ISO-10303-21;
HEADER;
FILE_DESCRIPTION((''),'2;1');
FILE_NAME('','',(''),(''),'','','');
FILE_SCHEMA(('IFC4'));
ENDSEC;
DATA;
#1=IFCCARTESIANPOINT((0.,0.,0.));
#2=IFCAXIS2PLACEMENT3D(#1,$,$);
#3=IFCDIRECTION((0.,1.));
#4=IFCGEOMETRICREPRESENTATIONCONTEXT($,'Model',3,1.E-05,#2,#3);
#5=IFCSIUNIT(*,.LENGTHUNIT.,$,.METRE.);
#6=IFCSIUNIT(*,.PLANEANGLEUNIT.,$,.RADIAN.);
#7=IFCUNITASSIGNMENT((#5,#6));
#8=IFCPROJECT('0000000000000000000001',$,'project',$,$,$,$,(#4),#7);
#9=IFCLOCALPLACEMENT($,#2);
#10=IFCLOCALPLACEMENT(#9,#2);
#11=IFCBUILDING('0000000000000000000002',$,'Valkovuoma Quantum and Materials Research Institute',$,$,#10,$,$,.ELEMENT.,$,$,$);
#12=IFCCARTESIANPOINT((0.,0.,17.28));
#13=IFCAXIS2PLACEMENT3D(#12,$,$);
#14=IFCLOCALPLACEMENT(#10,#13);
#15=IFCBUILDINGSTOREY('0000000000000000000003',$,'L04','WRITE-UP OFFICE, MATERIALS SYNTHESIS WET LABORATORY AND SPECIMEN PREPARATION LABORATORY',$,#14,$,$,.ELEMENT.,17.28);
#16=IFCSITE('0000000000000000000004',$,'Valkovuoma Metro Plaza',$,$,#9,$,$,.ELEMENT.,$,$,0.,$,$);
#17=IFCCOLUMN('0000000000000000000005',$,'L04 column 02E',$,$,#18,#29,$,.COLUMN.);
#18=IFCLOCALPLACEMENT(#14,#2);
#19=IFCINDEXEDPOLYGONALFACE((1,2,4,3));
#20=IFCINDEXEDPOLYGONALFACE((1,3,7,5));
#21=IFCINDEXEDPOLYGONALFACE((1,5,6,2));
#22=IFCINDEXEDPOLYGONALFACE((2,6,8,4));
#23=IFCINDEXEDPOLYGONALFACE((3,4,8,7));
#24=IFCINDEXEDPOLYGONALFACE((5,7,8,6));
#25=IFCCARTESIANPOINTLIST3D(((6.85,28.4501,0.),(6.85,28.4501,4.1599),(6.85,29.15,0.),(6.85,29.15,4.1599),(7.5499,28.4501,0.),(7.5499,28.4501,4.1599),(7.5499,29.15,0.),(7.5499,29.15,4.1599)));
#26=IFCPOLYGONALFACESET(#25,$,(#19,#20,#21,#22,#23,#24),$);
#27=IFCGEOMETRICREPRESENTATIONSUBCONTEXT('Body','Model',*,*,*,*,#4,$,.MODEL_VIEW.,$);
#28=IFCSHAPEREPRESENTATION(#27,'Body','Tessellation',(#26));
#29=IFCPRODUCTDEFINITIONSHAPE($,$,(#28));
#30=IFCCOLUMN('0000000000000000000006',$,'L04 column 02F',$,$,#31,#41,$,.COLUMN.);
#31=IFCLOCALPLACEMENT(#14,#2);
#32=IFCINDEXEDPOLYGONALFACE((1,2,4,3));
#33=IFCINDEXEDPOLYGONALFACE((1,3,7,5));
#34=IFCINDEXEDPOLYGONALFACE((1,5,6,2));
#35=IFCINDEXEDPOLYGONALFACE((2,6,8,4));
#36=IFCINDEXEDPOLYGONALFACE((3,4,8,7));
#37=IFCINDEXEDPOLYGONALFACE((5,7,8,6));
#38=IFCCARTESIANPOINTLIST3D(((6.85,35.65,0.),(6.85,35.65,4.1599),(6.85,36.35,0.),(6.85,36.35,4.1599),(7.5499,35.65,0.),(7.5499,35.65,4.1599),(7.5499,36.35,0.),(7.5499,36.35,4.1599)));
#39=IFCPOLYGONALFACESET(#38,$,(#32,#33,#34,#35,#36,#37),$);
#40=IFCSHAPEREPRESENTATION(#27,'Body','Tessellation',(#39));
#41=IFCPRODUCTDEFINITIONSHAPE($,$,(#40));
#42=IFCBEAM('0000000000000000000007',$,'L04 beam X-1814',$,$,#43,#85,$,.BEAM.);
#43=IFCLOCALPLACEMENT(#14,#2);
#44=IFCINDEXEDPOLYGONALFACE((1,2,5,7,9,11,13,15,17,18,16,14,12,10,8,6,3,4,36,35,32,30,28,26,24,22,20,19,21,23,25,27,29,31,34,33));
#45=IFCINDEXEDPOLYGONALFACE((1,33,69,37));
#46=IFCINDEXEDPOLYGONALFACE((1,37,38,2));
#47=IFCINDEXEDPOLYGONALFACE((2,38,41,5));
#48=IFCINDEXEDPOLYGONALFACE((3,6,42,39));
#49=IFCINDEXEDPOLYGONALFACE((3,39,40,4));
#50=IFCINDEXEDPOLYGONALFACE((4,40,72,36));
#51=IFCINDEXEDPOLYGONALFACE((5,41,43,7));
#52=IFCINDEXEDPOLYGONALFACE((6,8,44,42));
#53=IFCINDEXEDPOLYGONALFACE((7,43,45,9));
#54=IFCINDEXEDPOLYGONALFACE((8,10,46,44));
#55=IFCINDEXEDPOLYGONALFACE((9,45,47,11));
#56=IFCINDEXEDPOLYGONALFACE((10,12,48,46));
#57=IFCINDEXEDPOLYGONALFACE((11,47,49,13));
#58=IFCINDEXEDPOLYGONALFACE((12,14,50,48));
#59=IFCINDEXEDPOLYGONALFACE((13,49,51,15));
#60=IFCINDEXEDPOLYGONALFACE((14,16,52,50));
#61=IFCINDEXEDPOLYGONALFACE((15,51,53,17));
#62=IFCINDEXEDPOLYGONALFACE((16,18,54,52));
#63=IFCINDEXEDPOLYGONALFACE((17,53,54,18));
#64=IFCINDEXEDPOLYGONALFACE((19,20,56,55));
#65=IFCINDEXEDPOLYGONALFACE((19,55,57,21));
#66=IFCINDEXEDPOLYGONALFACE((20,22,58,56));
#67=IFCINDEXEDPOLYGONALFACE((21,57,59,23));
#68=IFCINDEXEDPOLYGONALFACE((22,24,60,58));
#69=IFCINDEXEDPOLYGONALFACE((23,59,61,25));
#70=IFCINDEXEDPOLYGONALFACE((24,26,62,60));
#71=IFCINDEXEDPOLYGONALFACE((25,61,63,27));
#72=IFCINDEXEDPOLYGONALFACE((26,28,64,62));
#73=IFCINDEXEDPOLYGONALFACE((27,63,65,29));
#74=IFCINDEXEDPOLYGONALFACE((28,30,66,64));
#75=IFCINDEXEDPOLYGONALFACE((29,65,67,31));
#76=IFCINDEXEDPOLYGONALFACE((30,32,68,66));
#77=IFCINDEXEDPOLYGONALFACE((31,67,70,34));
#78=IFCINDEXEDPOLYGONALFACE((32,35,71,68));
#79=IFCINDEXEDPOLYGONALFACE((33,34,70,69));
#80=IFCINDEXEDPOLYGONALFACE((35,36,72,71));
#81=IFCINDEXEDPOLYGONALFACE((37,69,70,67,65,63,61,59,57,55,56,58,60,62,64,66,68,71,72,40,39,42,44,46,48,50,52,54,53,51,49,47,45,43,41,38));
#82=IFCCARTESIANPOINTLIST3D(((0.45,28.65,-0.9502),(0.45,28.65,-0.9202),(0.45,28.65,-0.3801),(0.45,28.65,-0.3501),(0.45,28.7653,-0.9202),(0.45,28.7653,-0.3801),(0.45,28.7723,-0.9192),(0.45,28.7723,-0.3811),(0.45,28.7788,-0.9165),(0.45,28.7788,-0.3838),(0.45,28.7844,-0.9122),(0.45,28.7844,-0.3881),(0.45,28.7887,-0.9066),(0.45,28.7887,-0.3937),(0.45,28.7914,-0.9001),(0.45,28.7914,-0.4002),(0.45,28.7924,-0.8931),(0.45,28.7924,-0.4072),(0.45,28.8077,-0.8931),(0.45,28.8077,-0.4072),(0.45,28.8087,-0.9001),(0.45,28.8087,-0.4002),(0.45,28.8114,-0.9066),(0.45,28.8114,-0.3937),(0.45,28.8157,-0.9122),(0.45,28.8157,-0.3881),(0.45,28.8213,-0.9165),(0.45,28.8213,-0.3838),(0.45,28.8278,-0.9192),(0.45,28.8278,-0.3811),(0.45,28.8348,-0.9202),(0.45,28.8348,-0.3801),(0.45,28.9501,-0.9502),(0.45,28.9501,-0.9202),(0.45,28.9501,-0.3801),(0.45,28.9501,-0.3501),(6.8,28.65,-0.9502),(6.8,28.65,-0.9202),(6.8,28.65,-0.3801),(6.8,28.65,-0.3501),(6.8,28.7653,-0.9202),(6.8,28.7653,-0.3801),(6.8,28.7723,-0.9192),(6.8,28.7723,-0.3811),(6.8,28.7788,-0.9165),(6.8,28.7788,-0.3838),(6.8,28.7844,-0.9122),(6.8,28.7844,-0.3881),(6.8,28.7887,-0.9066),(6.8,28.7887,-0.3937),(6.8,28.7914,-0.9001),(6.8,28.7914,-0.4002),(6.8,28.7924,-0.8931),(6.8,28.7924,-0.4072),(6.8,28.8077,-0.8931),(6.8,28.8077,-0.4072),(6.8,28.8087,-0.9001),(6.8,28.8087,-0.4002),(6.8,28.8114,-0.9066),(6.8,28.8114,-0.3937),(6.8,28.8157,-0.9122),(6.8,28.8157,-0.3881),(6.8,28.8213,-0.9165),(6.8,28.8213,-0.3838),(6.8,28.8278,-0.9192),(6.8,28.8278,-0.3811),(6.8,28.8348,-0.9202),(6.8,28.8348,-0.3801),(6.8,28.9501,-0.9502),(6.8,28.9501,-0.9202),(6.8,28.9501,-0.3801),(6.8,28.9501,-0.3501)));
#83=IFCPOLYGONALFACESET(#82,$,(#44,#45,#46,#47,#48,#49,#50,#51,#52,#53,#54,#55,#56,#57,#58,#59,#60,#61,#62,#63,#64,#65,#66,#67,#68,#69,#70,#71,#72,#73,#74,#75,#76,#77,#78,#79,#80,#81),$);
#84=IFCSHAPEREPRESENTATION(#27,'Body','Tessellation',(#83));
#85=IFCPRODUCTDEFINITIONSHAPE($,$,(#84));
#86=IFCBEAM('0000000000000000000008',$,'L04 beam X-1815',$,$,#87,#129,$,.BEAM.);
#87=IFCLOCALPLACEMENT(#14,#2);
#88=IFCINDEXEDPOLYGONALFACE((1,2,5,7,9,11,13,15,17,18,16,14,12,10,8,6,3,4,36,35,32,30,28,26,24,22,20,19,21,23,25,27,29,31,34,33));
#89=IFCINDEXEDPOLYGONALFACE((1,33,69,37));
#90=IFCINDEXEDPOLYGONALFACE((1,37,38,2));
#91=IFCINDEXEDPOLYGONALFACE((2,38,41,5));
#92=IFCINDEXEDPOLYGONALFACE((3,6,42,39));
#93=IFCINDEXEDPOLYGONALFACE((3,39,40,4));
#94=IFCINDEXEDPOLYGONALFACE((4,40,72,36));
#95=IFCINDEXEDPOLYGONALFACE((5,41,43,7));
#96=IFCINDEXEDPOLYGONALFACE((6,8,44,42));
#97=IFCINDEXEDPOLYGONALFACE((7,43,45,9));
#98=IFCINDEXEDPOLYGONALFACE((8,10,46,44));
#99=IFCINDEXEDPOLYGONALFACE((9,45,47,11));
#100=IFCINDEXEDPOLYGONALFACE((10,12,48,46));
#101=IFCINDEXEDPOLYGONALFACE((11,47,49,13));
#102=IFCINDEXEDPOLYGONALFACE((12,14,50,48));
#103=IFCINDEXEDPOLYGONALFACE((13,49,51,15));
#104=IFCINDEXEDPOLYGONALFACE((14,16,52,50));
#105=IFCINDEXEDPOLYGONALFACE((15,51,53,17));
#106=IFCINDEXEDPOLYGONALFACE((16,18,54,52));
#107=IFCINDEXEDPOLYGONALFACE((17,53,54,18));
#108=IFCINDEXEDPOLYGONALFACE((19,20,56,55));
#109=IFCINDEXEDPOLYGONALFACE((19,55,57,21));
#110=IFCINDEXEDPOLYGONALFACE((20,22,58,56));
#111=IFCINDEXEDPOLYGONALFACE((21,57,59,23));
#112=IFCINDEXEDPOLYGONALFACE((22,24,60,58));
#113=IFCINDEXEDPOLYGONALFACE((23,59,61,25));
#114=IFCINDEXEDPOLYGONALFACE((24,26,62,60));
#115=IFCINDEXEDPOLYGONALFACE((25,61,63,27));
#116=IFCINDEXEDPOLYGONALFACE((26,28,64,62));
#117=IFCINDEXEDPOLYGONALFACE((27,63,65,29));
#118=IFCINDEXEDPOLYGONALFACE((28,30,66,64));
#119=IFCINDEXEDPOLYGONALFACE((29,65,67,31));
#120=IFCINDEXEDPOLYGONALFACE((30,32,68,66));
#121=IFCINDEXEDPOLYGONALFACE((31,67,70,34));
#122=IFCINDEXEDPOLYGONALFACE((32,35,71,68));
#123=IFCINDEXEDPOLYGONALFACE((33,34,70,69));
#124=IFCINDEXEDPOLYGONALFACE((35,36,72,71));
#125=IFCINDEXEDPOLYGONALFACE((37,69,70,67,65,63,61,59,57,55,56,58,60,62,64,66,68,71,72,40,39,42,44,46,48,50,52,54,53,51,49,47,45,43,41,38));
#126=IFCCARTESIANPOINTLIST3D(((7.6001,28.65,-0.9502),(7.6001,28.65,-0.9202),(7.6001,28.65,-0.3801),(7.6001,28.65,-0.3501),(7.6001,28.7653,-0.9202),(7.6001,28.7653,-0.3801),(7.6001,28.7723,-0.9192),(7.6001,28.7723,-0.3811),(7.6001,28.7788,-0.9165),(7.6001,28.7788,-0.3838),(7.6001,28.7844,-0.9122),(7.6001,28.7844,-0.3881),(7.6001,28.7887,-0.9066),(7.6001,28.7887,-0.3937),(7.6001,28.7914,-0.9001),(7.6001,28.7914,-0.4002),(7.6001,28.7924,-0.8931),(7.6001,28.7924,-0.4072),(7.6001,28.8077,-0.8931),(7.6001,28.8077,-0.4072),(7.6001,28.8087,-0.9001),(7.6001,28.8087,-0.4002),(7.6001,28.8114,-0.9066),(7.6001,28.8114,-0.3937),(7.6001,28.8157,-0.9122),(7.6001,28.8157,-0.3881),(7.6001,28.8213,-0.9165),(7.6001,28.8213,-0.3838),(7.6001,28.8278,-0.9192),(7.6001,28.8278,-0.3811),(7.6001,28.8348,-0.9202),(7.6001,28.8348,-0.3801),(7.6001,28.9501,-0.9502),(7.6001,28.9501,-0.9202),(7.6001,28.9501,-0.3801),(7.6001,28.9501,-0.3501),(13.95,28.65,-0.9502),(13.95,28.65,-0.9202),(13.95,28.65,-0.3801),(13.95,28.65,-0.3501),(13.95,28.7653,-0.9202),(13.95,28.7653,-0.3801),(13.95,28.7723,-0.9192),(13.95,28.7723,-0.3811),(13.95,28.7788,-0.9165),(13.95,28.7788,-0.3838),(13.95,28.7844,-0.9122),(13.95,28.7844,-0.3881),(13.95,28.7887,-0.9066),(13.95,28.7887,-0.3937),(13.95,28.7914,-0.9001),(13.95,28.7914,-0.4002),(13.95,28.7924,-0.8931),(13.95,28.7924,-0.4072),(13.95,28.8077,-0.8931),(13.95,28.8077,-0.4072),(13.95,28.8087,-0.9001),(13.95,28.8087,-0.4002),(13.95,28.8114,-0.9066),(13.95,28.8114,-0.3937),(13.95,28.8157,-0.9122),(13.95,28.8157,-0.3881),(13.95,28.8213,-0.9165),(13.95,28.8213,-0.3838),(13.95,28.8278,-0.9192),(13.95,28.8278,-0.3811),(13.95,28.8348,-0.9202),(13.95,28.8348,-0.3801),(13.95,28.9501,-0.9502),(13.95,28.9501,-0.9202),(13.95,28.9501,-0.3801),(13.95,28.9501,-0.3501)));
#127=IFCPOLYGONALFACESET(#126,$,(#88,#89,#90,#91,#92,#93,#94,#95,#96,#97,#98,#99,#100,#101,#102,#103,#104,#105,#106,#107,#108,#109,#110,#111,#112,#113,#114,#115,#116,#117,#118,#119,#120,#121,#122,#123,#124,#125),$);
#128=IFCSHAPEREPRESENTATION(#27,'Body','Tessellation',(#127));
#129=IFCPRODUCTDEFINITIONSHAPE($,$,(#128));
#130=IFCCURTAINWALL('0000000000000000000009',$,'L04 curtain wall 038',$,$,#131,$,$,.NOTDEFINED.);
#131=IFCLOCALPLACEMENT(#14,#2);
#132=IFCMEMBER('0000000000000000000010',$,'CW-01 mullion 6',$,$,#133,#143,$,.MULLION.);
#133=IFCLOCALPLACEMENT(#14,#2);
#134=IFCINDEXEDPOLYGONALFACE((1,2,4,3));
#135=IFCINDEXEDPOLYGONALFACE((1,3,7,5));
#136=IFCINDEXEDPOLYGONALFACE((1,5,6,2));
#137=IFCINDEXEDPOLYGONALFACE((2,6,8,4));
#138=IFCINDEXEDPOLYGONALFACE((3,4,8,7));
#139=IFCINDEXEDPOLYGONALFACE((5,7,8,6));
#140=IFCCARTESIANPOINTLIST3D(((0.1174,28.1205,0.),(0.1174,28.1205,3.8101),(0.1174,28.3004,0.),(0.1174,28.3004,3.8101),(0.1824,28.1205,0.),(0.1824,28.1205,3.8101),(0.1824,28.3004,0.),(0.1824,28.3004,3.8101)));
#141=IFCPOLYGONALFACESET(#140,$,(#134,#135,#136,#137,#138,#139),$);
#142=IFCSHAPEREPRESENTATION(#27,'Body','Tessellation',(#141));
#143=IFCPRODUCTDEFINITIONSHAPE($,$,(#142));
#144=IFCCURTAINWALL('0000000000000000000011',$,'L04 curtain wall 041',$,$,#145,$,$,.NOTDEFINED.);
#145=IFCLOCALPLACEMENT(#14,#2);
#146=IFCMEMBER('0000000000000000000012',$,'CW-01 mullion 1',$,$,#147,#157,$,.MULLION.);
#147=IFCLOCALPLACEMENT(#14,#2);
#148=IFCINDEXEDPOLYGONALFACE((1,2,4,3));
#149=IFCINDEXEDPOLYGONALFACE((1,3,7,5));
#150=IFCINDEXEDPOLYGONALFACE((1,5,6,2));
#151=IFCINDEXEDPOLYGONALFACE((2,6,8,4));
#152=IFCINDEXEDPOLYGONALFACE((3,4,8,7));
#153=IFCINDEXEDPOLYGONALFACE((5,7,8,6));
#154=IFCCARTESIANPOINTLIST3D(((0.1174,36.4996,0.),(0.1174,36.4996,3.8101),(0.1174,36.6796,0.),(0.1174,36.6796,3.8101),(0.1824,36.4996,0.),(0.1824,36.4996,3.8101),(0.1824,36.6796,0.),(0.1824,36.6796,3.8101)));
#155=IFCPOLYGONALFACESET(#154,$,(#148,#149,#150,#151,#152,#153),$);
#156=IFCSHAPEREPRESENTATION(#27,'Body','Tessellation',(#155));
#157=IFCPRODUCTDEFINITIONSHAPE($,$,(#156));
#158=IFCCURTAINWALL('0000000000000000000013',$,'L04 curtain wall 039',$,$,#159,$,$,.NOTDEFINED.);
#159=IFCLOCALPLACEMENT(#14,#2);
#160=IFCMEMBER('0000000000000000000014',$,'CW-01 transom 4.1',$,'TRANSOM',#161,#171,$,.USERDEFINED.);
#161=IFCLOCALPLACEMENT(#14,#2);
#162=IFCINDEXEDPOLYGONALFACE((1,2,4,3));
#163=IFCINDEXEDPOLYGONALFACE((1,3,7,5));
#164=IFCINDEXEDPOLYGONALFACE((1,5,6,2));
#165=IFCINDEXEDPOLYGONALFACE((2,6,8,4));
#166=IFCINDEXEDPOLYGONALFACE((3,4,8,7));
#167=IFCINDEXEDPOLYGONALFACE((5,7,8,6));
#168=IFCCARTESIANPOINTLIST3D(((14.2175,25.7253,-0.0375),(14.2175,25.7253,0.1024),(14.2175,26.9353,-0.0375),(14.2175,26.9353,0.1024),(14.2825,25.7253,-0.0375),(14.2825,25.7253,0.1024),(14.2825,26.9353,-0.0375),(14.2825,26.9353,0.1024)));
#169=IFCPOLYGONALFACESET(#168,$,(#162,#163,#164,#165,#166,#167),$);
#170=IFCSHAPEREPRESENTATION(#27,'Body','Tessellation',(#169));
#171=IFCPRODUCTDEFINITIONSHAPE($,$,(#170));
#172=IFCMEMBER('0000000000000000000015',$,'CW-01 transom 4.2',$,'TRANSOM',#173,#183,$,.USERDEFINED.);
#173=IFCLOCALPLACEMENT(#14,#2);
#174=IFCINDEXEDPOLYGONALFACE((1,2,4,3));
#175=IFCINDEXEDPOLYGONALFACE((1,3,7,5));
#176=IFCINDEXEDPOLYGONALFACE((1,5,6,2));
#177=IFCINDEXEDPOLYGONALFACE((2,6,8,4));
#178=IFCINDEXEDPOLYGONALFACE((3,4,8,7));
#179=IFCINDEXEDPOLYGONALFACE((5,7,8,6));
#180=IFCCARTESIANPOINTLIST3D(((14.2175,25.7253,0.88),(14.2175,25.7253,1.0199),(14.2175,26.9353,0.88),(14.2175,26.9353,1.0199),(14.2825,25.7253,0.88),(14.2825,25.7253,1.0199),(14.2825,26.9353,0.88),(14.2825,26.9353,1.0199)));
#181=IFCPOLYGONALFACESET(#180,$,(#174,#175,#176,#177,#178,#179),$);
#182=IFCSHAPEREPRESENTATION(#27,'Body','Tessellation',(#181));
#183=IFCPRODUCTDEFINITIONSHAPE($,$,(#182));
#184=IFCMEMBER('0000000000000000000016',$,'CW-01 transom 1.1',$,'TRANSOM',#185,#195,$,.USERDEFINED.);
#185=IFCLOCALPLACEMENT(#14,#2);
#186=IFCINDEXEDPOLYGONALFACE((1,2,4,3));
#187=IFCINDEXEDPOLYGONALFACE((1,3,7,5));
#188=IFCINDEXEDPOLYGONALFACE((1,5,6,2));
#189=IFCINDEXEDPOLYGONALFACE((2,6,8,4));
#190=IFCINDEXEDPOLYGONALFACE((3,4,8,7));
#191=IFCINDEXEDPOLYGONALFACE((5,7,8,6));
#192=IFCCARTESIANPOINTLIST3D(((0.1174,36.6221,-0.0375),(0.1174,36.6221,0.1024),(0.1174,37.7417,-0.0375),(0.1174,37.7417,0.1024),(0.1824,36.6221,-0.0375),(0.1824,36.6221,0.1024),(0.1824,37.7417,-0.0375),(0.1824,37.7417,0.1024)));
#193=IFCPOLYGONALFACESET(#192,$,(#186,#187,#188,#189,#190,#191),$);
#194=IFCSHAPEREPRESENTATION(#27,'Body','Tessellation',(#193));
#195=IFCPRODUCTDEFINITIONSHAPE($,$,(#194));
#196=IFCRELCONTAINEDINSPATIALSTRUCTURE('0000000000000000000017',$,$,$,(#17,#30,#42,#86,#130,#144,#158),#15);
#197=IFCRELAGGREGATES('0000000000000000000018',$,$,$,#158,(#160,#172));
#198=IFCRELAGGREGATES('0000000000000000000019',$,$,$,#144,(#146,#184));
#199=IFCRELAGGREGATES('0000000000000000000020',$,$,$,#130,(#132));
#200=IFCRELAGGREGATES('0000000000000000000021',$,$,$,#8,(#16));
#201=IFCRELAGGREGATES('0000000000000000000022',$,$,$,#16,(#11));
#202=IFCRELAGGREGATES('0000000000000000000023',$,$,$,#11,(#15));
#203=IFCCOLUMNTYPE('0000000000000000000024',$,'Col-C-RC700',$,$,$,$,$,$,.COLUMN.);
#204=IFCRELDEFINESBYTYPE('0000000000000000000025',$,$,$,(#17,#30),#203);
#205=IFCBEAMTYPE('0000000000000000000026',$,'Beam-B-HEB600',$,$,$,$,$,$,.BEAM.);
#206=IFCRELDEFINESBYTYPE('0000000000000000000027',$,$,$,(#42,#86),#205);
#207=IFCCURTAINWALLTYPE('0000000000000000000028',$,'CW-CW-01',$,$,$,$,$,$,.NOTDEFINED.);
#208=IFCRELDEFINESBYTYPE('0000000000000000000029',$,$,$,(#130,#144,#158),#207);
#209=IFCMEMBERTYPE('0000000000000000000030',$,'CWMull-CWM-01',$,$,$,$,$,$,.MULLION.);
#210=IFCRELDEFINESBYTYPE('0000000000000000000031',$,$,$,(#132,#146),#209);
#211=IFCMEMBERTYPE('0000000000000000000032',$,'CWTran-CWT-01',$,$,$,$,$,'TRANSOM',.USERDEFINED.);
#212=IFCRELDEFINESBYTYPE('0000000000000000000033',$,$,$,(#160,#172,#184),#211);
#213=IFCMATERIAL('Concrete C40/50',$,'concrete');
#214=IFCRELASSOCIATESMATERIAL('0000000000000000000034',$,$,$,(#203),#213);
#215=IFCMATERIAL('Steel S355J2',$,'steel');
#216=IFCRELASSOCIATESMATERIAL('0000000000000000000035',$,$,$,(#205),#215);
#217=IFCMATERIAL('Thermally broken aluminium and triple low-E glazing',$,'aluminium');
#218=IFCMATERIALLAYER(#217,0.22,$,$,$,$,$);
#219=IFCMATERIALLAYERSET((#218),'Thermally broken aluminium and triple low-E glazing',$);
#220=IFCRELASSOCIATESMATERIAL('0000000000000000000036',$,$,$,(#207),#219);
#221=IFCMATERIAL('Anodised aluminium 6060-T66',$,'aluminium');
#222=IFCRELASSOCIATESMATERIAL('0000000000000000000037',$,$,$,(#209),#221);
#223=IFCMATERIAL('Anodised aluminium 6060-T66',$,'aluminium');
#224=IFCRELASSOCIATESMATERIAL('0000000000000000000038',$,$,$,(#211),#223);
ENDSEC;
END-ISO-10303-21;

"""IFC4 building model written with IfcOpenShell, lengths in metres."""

from ifc_helpers import new_model, si_unit, direction, frame, origin, origin_2d, place, context, subcontext, project, spatial, rectangle, i_section, extrude, material, layer, layer_set, material_profile, profile_set, type_object, element, aggregate, save


model = new_model("IFC4")

# Units and contexts
model_context = context("Model", 3, precision=1e-05, world=origin(), true_north=direction((0.0, 1.0)))
body_context = subcontext(model_context, "Body", "Model", "MODEL_VIEW")
ifc_project = project(units=[si_unit("LENGTHUNIT", "METRE"), si_unit("PLANEANGLEUNIT", "RADIAN")], contexts=[model_context])

# Site, building, storey
site_placement = place(None, origin())
site = spatial("IfcSite", under=ifc_project, at=site_placement, Name="Valkovuoma Metro Plaza", CompositionType="ELEMENT", RefElevation=0.0)
building_placement = place(site_placement, origin())
building = spatial("IfcBuilding", under=site, at=building_placement, Name="Valkovuoma Quantum and Materials Research Institute", CompositionType="ELEMENT")
storey_placement = place(building_placement, frame((0.0, 0.0, 17.28)))
storey = spatial("IfcBuildingStorey", under=building, at=storey_placement, Name="L04", Description="WRITE-UP OFFICE, MATERIALS SYNTHESIS WET LABORATORY AND SPECIMEN PREPARATION LABORATORY", CompositionType="ELEMENT", Elevation=17.28)

# Columns
ifc_material_1 = material(Name="Concrete C40/50", Category="concrete")
ifc_material_profile_1 = material_profile(ifc_material_1, rectangle(XDim=0.7, YDim=0.7, at=origin_2d()), Name="Concrete C40/50")
ifc_profile_set_1 = profile_set([ifc_material_profile_1], Name="Concrete C40/50")
column_type = type_object("IfcColumnType", Name="Col-C-RC700", PredefinedType="COLUMN", material=ifc_profile_set_1)
for number, where, z_axis, x_axis, name in (
    (1, (7.2, 28.8, 0.0), (0.0, 0.0, 1.0), (1.0, 0.0, 0.0), "L04 column 02E"),
    (2, (7.2, 36.0, 0.0), (0.0, 0.0, 1.0), (1.0, 0.0, 0.0), "L04 column 02F"),
):
    element("IfcColumn", number, at=place(storey_placement, frame(where, z_axis=z_axis, x_axis=x_axis)), inside=storey, type_object=column_type, Name=name, PredefinedType="COLUMN", context=body_context, shape_type="SweptSolid", body=[
        extrude(rectangle(XDim=0.7, YDim=0.7, at=origin_2d()), origin(), (0.0, 0.0, 1.0), 4.1599),
    ])

# Beams
ifc_material_2 = material(Name="Steel S355J2", Category="steel")
ifc_material_profile_2 = material_profile(ifc_material_2, i_section(OverallWidth=0.3, OverallDepth=0.6001, WebThickness=0.0154, FlangeThickness=0.03, FilletRadius=0.0271, at=origin_2d()), Name="Steel S355J2")
ifc_profile_set_2 = profile_set([ifc_material_profile_2], Name="Steel S355J2")
beam_type = type_object("IfcBeamType", Name="Beam-B-HEB600", PredefinedType="BEAM", material=ifc_profile_set_2)
beam_1_placement = place(storey_placement, frame((0.45, 28.8, -0.6501), z_axis=(1.0, 0.0, 0.0), x_axis=(0.0, 1.0, 0.0)))
element("IfcBeam", 3, at=beam_1_placement, inside=storey, type_object=beam_type, Name="L04 beam X-1814", PredefinedType="BEAM", context=body_context, shape_type="SweptSolid", body=[
    extrude(i_section(OverallWidth=0.3, OverallDepth=0.6001, WebThickness=0.0154, FlangeThickness=0.03, FilletRadius=0.0271, at=origin_2d()), origin(), (0.0, 0.0, 1.0), 6.3501),
])
beam_2_placement = place(storey_placement, frame((7.6001, 28.8, -0.6501), z_axis=(1.0, 0.0, 0.0), x_axis=(0.0, 1.0, 0.0)))
element("IfcBeam", 4, at=beam_2_placement, inside=storey, type_object=beam_type, Name="L04 beam X-1815", PredefinedType="BEAM", context=body_context, shape_type="SweptSolid", body=[
    extrude(i_section(OverallWidth=0.3, OverallDepth=0.6001, WebThickness=0.0154, FlangeThickness=0.03, FilletRadius=0.0271, at=origin_2d()), origin(), (0.0, 0.0, 1.0), 6.3499),
])

# Curtain walls, members
ifc_material_3 = material(Name="Thermally broken aluminium and triple low-E glazing", Category="aluminium")
ifc_layer_1 = layer(ifc_material_3, 0.22)
ifc_layer_set_1 = layer_set([ifc_layer_1], Name="Thermally broken aluminium and triple low-E glazing")
curtain_wall_type = type_object("IfcCurtainWallType", Name="CW-CW-01", PredefinedType="NOTDEFINED", material=ifc_layer_set_1)
curtain_wall_1_placement = place(storey_placement, origin())
curtain_wall_1 = element("IfcCurtainWall", 5, at=curtain_wall_1_placement, inside=storey, type_object=curtain_wall_type, Name="L04 curtain wall 038", PredefinedType="NOTDEFINED")
ifc_material_4 = material(Name="Anodised aluminium 6060-T66", Category="aluminium")
ifc_material_profile_3 = material_profile(ifc_material_4, rectangle(XDim=0.0649, YDim=0.1799, at=origin_2d()), Name="Anodised aluminium 6060-T66")
ifc_profile_set_3 = profile_set([ifc_material_profile_3], Name="Anodised aluminium 6060-T66")
member_type_1 = type_object("IfcMemberType", Name="CWMull-CWM-01", PredefinedType="MULLION", material=ifc_profile_set_3)
member_1_placement = place(storey_placement, frame((0.1499, 28.2104, 0.0), z_axis=(0.0, 0.0, 1.0), x_axis=(-1.0, 0.0, 0.0)))
member_1 = element("IfcMember", 6, at=member_1_placement, type_object=member_type_1, Name="CW-01 mullion 6", PredefinedType="MULLION", context=body_context, shape_type="SweptSolid", body=[
    extrude(rectangle(XDim=0.0649, YDim=0.1799, at=origin_2d()), origin(), (0.0, 0.0, 1.0), 3.8101),
])
curtain_wall_2_placement = place(storey_placement, origin())
curtain_wall_2 = element("IfcCurtainWall", 7, at=curtain_wall_2_placement, inside=storey, type_object=curtain_wall_type, Name="L04 curtain wall 041", PredefinedType="NOTDEFINED")
member_2_placement = place(storey_placement, frame((0.1499, 36.5896, 0.0), z_axis=(0.0, 0.0, 1.0), x_axis=(-1.0, 0.0, 0.0)))
member_2 = element("IfcMember", 8, at=member_2_placement, type_object=member_type_1, Name="CW-01 mullion 1", PredefinedType="MULLION", context=body_context, shape_type="SweptSolid", body=[
    extrude(rectangle(XDim=0.0649, YDim=0.1799, at=origin_2d()), origin(), (0.0, 0.0, 1.0), 3.8101),
])

# Curtain wall, members
curtain_wall_3_placement = place(storey_placement, origin())
curtain_wall_3 = element("IfcCurtainWall", 9, at=curtain_wall_3_placement, inside=storey, type_object=curtain_wall_type, Name="L04 curtain wall 039", PredefinedType="NOTDEFINED")
ifc_material_5 = material(Name="Anodised aluminium 6060-T66", Category="aluminium")
ifc_material_profile_4 = material_profile(ifc_material_5, rectangle(XDim=0.0649, YDim=0.1399, at=origin_2d()), Name="Anodised aluminium 6060-T66")
ifc_profile_set_4 = profile_set([ifc_material_profile_4], Name="Anodised aluminium 6060-T66")
member_type_2 = type_object("IfcMemberType", Name="CWTran-CWT-01", ElementType="TRANSOM", PredefinedType="USERDEFINED", material=ifc_profile_set_4)
member_3_placement = place(storey_placement, frame((14.25, 25.7253, 0.0325), z_axis=(0.0, 1.0, 0.0), x_axis=(-1.0, 0.0, 0.0)))
member_3 = element("IfcMember", 10, at=member_3_placement, type_object=member_type_2, Name="CW-01 transom 4.1", ObjectType="TRANSOM", PredefinedType="USERDEFINED", context=body_context, shape_type="SweptSolid", body=[
    extrude(rectangle(XDim=0.0649, YDim=0.1399, at=origin_2d()), origin(), (0.0, 0.0, 1.0), 1.21),
])
member_4_placement = place(storey_placement, frame((14.25, 25.7253, 0.95), z_axis=(0.0, 1.0, 0.0), x_axis=(-1.0, 0.0, 0.0)))
member_4 = element("IfcMember", 11, at=member_4_placement, type_object=member_type_2, Name="CW-01 transom 4.2", ObjectType="TRANSOM", PredefinedType="USERDEFINED", context=body_context, shape_type="SweptSolid", body=[
    extrude(rectangle(XDim=0.0649, YDim=0.1399, at=origin_2d()), origin(), (0.0, 0.0, 1.0), 1.21),
])
aggregate(curtain_wall_3, [member_3, member_4])

# Member
member_5_placement = place(storey_placement, frame((0.1499, 36.6221, 0.0325), z_axis=(0.0, 1.0, 0.0), x_axis=(-1.0, 0.0, 0.0)))
member_5 = element("IfcMember", 12, at=member_5_placement, type_object=member_type_2, Name="CW-01 transom 1.1", ObjectType="TRANSOM", PredefinedType="USERDEFINED", context=body_context, shape_type="SweptSolid", body=[
    extrude(rectangle(XDim=0.0649, YDim=0.1399, at=origin_2d()), origin(), (0.0, 0.0, 1.0), 1.1196),
])
aggregate(curtain_wall_2, [member_2, member_5])

aggregate(curtain_wall_1, [member_1])

save(model, "model.ifc")
